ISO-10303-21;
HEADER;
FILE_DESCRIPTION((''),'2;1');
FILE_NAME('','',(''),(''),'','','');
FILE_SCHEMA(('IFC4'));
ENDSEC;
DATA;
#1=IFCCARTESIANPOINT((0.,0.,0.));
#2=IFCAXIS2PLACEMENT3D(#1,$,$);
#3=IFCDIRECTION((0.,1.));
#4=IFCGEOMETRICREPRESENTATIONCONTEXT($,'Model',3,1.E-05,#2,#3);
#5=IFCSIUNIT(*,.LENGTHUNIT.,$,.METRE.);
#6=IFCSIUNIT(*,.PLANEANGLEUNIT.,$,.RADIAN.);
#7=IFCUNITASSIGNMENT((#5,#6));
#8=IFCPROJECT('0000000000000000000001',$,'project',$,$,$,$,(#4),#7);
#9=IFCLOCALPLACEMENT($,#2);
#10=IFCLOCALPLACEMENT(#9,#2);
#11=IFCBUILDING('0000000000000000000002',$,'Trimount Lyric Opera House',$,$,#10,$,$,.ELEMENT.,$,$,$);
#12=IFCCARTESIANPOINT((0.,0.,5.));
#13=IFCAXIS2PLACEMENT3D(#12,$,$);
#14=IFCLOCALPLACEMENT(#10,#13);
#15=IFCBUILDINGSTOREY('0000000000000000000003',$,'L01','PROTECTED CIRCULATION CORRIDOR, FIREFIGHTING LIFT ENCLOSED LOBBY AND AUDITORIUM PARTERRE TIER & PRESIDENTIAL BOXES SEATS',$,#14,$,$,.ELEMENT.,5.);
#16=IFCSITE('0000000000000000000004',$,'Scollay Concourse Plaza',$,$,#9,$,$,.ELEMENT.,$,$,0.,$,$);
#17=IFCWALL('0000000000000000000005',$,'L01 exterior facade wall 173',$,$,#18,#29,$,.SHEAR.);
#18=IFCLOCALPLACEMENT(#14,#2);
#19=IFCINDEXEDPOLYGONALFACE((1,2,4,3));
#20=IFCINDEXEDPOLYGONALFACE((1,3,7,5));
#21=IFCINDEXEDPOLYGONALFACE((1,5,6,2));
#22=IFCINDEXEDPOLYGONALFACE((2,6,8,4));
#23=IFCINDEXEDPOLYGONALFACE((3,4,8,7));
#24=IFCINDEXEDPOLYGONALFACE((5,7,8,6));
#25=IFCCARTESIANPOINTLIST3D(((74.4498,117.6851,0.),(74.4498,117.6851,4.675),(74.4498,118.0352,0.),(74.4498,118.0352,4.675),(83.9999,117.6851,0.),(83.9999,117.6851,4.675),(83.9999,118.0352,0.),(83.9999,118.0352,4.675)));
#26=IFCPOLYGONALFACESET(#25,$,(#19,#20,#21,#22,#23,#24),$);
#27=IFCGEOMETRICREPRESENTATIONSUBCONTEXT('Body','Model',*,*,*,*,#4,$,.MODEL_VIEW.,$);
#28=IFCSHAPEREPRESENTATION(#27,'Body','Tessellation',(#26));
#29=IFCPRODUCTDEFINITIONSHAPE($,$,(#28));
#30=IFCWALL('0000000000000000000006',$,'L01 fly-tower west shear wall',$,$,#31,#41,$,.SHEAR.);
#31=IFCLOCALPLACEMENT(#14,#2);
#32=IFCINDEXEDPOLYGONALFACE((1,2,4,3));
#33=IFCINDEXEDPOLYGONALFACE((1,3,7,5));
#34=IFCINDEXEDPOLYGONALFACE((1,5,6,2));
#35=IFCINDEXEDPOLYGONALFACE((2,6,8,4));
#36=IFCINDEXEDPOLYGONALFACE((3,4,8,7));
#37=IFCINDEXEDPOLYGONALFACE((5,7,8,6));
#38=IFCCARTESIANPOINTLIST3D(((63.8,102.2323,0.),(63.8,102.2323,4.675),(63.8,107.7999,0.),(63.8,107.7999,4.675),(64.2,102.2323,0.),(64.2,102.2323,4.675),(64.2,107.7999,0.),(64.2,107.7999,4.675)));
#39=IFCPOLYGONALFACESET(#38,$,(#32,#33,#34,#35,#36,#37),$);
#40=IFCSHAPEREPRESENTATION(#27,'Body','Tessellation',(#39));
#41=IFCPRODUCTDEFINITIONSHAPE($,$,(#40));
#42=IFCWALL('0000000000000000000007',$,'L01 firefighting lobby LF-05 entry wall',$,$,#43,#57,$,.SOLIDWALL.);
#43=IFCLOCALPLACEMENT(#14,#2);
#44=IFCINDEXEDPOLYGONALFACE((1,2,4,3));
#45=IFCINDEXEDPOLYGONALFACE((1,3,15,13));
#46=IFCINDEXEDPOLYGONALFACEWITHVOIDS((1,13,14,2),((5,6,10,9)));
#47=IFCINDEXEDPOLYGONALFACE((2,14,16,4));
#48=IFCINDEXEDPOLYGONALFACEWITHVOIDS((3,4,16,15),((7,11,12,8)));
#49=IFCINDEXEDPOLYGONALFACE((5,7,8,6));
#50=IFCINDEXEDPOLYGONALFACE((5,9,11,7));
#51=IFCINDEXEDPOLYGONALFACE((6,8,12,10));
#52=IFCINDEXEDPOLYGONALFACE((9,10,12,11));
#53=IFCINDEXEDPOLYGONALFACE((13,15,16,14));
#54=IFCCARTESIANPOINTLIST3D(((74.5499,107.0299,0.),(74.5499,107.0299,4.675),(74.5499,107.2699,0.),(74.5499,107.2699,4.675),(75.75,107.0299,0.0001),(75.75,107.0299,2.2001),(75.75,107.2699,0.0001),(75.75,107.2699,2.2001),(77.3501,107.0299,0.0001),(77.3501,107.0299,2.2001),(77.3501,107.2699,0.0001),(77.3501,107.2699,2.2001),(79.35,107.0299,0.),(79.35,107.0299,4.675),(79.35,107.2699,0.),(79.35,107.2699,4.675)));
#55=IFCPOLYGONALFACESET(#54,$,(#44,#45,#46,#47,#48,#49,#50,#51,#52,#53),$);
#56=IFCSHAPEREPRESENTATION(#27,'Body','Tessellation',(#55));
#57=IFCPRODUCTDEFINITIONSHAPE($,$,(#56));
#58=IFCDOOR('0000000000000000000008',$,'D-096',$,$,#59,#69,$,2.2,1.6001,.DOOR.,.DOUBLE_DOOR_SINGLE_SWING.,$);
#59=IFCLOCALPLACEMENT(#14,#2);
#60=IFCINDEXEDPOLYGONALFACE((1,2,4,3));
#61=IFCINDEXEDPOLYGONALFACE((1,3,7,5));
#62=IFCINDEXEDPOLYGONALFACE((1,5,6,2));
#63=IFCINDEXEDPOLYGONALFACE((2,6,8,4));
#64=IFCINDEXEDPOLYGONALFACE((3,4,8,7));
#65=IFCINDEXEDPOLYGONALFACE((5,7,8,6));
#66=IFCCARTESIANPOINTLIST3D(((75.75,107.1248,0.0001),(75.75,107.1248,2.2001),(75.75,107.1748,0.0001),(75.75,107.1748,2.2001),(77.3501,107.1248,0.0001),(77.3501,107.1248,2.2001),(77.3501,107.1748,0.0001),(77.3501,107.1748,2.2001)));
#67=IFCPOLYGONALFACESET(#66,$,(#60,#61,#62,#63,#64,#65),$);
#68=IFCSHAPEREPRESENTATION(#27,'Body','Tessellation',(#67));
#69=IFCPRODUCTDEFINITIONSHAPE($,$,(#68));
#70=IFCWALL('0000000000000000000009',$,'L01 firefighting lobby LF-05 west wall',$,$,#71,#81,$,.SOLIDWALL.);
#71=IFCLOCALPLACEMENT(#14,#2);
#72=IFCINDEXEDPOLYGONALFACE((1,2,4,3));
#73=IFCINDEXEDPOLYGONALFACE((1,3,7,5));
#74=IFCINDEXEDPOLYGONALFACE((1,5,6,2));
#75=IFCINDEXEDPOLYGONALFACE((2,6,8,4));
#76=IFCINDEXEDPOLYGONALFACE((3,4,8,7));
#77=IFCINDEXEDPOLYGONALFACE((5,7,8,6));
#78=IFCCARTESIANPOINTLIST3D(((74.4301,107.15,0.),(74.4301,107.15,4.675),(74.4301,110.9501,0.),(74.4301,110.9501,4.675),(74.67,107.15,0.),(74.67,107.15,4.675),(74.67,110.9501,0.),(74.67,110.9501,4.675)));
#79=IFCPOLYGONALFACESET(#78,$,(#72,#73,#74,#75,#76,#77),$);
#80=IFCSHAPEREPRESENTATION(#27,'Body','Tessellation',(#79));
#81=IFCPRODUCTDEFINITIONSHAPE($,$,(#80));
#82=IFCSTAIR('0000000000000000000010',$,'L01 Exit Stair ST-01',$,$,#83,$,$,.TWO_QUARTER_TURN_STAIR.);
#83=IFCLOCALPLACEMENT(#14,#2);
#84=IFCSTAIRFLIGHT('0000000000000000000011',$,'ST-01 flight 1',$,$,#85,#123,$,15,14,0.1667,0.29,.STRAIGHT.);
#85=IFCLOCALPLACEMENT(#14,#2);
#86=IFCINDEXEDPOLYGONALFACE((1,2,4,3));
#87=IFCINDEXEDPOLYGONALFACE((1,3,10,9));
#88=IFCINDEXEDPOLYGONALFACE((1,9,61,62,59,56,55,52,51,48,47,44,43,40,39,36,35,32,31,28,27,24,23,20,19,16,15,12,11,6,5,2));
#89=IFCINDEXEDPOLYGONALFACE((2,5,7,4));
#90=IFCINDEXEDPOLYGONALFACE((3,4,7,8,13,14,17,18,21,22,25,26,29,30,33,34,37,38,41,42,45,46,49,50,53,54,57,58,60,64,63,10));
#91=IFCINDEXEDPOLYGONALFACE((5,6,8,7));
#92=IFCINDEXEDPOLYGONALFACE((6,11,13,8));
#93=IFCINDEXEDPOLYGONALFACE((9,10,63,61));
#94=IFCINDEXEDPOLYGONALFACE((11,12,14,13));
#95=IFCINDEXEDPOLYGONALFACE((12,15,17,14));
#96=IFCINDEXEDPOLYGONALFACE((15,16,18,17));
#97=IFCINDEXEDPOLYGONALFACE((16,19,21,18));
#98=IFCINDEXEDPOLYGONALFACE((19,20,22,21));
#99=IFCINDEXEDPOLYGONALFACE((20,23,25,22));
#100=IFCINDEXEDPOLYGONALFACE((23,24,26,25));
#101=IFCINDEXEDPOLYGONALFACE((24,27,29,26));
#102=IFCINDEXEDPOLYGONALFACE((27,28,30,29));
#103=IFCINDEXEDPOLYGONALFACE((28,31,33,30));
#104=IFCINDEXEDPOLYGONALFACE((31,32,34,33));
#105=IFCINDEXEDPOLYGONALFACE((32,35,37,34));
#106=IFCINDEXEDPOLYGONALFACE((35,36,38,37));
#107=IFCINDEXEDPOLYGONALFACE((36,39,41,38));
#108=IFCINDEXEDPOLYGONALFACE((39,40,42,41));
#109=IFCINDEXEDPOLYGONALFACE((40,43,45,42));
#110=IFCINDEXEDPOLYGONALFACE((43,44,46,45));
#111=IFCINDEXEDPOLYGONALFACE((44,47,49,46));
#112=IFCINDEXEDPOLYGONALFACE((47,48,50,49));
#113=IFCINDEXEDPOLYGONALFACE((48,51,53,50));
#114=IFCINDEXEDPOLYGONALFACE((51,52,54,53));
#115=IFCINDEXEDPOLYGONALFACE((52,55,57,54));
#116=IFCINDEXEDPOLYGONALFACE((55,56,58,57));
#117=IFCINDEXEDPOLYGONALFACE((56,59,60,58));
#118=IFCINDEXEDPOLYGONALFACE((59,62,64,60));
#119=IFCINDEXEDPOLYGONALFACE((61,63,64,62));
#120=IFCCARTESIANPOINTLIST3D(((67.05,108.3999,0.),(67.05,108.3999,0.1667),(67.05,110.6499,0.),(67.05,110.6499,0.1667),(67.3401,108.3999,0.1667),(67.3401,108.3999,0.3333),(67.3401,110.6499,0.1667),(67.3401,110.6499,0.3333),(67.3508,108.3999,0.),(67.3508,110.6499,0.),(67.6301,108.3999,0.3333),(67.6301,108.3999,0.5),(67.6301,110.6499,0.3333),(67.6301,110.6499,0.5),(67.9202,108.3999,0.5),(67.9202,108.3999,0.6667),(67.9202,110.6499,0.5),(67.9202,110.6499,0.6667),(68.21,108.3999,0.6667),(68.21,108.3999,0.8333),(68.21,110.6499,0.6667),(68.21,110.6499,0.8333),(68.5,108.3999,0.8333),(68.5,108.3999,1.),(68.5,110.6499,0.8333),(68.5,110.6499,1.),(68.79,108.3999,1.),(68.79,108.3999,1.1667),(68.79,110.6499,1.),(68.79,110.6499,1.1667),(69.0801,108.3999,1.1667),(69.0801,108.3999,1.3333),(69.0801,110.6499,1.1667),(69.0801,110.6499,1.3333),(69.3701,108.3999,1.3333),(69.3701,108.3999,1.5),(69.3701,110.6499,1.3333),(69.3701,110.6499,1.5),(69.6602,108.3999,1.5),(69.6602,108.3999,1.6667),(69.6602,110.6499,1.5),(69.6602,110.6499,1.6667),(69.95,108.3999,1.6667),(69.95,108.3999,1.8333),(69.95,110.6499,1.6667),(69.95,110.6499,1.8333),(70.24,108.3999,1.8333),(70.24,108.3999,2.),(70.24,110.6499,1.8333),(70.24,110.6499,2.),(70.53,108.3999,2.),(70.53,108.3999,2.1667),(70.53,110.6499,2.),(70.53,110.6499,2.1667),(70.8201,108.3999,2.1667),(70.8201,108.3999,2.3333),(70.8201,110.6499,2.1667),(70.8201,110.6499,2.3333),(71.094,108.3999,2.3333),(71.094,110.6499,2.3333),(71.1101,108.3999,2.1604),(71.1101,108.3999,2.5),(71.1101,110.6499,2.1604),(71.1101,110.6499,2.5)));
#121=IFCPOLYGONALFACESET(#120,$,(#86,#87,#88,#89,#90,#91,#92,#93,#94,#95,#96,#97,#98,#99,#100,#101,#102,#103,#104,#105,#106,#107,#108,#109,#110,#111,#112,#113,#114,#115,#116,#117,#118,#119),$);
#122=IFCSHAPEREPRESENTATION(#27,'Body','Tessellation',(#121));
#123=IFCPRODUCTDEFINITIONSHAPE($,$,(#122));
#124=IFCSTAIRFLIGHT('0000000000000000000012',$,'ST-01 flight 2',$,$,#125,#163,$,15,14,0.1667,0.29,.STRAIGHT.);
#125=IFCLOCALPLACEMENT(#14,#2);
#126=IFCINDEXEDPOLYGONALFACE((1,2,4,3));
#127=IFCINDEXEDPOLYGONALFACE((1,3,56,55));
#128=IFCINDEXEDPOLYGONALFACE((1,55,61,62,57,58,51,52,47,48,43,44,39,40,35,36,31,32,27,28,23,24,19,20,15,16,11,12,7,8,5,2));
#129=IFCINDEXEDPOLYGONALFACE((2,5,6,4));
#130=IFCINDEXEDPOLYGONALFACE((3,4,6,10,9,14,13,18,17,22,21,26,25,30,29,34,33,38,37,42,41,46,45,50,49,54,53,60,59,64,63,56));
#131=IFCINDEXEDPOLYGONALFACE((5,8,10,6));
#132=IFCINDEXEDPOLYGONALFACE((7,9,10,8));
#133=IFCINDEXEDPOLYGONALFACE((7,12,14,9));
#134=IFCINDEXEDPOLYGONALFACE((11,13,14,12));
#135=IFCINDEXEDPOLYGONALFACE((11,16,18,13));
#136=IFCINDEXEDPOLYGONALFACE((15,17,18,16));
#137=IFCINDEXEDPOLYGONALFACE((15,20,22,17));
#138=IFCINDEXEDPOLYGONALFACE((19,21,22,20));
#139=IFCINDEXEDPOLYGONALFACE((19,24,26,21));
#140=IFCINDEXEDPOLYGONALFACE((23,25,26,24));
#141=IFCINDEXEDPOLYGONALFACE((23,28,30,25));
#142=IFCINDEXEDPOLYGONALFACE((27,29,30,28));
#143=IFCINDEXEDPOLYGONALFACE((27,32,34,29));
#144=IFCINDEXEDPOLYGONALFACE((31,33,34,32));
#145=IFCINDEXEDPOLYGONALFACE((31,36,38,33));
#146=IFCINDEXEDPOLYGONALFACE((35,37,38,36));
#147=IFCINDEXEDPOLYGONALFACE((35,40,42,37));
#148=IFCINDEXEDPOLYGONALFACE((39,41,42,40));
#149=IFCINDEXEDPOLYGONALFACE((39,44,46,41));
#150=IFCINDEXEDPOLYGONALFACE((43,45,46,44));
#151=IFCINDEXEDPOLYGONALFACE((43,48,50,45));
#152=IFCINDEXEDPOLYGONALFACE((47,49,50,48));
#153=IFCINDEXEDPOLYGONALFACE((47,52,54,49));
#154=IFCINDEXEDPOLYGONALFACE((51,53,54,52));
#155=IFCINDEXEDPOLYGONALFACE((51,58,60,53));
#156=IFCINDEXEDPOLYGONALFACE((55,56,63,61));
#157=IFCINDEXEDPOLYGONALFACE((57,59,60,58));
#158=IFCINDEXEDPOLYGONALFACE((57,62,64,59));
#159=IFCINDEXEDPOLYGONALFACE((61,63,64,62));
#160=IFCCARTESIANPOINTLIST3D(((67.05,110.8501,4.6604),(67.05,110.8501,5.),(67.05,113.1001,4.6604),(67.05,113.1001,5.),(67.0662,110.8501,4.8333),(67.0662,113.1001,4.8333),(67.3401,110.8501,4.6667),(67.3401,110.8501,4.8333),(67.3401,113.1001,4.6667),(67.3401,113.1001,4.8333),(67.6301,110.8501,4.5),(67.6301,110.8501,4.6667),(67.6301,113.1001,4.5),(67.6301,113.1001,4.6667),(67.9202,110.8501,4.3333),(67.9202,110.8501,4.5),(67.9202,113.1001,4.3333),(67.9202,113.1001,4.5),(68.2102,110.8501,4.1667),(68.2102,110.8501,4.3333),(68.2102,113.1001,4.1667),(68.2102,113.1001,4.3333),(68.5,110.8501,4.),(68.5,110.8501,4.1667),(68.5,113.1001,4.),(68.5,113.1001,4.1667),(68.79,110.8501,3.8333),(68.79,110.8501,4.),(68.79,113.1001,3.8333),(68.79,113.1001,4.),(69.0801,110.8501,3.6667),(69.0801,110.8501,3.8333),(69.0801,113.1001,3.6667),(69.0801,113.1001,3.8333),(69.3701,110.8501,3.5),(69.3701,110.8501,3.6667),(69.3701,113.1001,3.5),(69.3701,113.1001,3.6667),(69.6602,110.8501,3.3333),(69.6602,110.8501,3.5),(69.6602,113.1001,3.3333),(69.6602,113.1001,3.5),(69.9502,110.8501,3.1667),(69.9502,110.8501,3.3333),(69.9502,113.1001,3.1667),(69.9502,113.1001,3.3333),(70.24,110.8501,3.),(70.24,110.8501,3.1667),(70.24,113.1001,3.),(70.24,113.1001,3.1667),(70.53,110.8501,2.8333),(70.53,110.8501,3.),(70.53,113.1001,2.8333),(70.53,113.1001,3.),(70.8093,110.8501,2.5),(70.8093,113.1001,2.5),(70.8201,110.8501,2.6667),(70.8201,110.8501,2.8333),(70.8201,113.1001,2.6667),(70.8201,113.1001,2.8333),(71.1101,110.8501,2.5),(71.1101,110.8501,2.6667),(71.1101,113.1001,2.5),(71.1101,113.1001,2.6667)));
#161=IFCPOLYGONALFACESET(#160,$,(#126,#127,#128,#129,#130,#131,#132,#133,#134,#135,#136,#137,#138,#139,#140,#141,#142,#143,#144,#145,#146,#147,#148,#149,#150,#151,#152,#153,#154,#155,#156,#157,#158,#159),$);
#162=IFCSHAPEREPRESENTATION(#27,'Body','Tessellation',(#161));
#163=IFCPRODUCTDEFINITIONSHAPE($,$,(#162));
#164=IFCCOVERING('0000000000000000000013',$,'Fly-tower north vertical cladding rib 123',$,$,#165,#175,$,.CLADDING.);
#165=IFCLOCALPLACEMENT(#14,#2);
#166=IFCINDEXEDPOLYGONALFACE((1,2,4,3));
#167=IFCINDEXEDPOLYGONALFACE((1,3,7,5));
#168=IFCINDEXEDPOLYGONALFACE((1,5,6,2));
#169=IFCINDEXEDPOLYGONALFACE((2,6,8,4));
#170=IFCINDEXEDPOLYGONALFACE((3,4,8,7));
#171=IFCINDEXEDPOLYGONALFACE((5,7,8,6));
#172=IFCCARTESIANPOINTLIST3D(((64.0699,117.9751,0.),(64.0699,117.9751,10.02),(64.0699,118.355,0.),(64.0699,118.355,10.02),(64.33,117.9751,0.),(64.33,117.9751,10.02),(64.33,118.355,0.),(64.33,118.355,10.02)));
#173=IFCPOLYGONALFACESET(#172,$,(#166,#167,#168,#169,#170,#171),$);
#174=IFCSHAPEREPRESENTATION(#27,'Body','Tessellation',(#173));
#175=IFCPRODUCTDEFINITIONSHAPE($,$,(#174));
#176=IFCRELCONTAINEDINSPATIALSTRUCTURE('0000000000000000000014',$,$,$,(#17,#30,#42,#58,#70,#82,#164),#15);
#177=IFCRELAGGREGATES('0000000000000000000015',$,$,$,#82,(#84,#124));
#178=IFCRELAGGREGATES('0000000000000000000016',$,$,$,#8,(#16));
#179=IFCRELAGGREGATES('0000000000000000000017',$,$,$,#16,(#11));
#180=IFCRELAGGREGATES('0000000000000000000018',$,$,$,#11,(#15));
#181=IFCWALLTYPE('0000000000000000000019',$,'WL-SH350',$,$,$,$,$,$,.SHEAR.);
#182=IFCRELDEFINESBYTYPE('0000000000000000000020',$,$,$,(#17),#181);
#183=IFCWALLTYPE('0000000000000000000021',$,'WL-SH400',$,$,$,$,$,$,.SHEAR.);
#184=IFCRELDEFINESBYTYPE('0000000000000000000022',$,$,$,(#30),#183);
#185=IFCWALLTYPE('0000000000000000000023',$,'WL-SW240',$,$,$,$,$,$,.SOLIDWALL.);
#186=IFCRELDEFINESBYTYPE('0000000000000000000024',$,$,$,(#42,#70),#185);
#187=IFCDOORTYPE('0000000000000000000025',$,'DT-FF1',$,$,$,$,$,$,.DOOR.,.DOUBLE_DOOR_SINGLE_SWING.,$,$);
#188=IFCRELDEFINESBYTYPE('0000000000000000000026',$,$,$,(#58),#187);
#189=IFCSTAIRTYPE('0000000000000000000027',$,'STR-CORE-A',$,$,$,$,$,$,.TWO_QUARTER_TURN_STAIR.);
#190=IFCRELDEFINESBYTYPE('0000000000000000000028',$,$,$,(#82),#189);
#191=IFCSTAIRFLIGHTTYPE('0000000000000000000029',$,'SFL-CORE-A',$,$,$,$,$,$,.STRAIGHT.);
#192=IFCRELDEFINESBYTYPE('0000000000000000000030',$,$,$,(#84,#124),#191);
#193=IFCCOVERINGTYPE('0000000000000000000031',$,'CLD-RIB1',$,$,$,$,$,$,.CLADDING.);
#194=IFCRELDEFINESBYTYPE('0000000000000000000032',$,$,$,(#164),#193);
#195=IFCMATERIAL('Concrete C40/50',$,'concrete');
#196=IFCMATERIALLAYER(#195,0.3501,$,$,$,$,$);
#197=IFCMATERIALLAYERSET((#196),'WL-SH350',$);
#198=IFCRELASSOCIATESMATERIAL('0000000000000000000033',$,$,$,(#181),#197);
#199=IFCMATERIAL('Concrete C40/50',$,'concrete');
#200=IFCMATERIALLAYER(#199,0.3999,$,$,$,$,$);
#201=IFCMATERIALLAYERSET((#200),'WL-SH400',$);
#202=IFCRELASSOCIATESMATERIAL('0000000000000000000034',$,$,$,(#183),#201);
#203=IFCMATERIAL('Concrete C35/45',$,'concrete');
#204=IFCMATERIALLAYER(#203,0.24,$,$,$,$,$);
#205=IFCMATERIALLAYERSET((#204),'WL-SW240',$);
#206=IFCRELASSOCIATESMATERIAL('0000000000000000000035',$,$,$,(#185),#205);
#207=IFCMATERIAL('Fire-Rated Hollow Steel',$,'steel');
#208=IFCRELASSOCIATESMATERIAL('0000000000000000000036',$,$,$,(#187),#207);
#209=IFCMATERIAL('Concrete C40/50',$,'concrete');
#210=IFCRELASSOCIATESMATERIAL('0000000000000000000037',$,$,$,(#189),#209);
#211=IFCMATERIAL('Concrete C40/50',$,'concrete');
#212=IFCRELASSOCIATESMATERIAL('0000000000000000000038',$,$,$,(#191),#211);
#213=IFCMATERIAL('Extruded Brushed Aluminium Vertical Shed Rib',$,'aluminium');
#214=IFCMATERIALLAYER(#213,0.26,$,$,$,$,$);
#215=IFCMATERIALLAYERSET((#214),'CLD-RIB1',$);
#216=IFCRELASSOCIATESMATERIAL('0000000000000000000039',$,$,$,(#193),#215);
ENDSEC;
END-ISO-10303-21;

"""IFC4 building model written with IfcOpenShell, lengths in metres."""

from ifc_helpers import new_model, si_unit, direction, frame, frame_2d, origin, origin_2d, place, context, subcontext, project, spatial, polyline, rectangle, outline, extrude, material, layer, layer_set, type_object, element, fill, aggregate, save


model = new_model("IFC4")

# Units and contexts
model_context = context("Model", 3, precision=1e-05, world=origin(), true_north=direction((0.0, 1.0)))
body_context = subcontext(model_context, "Body", "Model", "MODEL_VIEW")
ifc_project = project(units=[si_unit("LENGTHUNIT", "METRE"), si_unit("PLANEANGLEUNIT", "RADIAN")], contexts=[model_context])

# Site, building, storey
site_placement = place(None, origin())
site = spatial("IfcSite", under=ifc_project, at=site_placement, Name="Scollay Concourse Plaza", CompositionType="ELEMENT", RefElevation=0.0)
building_placement = place(site_placement, origin())
building = spatial("IfcBuilding", under=site, at=building_placement, Name="Trimount Lyric Opera House", CompositionType="ELEMENT")
storey_placement = place(building_placement, frame((0.0, 0.0, 5.0)))
storey = spatial("IfcBuildingStorey", under=building, at=storey_placement, Name="L01", Description="PROTECTED CIRCULATION CORRIDOR, FIREFIGHTING LIFT ENCLOSED LOBBY AND AUDITORIUM PARTERRE TIER & PRESIDENTIAL BOXES SEATS", CompositionType="ELEMENT", Elevation=5.0)

# Walls
ifc_material_1 = material(Name="Concrete C40/50", Category="concrete")
ifc_layer_1 = layer(ifc_material_1, 0.3501)
ifc_layer_set_1 = layer_set([ifc_layer_1], Name="WL-SH350")
wall_type_1 = type_object("IfcWallType", Name="WL-SH350", PredefinedType="SHEAR", material=ifc_layer_set_1)
wall_1_placement = place(storey_placement, frame((74.45, 117.8601, 0.0), z_axis=(0.0, 0.0, 1.0), x_axis=(1.0, 0.0, 0.0)))
element("IfcWall", 1, at=wall_1_placement, inside=storey, type_object=wall_type_1, Name="L01 exterior facade wall 173", PredefinedType="SHEAR", context=body_context, shape_type="SweptSolid", body=[
    extrude(rectangle(XDim=9.55, YDim=0.3501, at=frame_2d((4.7749, 0.0))), origin(), (0.0, 0.0, 1.0), 4.675),
])
ifc_material_2 = material(Name="Concrete C40/50", Category="concrete")
ifc_layer_2 = layer(ifc_material_2, 0.3999)
ifc_layer_set_2 = layer_set([ifc_layer_2], Name="WL-SH400")
wall_type_2 = type_object("IfcWallType", Name="WL-SH400", PredefinedType="SHEAR", material=ifc_layer_set_2)
wall_2_placement = place(storey_placement, frame((64.0, 102.2324, 0.0), z_axis=(0.0, 0.0, 1.0), x_axis=(0.0, 1.0, 0.0)))
element("IfcWall", 2, at=wall_2_placement, inside=storey, type_object=wall_type_2, Name="L01 fly-tower west shear wall", PredefinedType="SHEAR", context=body_context, shape_type="SweptSolid", body=[
    extrude(rectangle(XDim=5.5676, YDim=0.3999, at=frame_2d((2.7837, 0.0))), origin(), (0.0, 0.0, 1.0), 4.675),
])

# Wall, opening, door
ifc_material_3 = material(Name="Concrete C35/45", Category="concrete")
ifc_layer_3 = layer(ifc_material_3, 0.24)
ifc_layer_set_3 = layer_set([ifc_layer_3], Name="WL-SW240")
wall_type_3 = type_object("IfcWallType", Name="WL-SW240", PredefinedType="SOLIDWALL", material=ifc_layer_set_3)
wall_3_placement = place(storey_placement, frame((74.55, 107.1499, 0.0), z_axis=(0.0, 0.0, 1.0), x_axis=(1.0, 0.0, 0.0)))
wall_3 = element("IfcWall", 3, at=wall_3_placement, inside=storey, type_object=wall_type_3, Name="L01 firefighting lobby LF-05 entry wall", PredefinedType="SOLIDWALL", context=body_context, shape_type="SweptSolid", body=[
    extrude(rectangle(XDim=4.8, YDim=0.24, at=frame_2d((2.3999, 0.0))), origin(), (0.0, 0.0, 1.0), 4.675),
])
opening_1_placement = place(wall_3_placement, frame((1.2, 0.0, 0.0)))
opening_1 = element("IfcOpeningElement", 4, at=opening_1_placement, cuts=wall_3, PredefinedType="OPENING", context=body_context, shape_type="SweptSolid", body=[
    extrude(rectangle(XDim=1.6001, YDim=2.2, at=frame_2d((0.8, 1.1001))), frame((0.0, 0.1299, 0.0), z_axis=(0.0, -1.0, 0.0), x_axis=(1.0, 0.0, 0.0)), (0.0, 0.0, 1.0), 0.26),
])
ifc_material_4 = material(Name="Fire-Rated Hollow Steel", Category="steel")
door_type_1 = type_object("IfcDoorType", Name="DT-FF1", OperationType="DOUBLE_DOOR_SINGLE_SWING", PredefinedType="DOOR", material=ifc_material_4)
door_1_placement = place(opening_1_placement, origin())
door_1 = element("IfcDoor", 5, at=door_1_placement, inside=storey, type_object=door_type_1, Name="D-096", OperationType="DOUBLE_DOOR_SINGLE_SWING", OverallHeight=2.2, OverallWidth=1.6001, PredefinedType="DOOR", context=body_context, shape_type="SweptSolid", body=[
    extrude(rectangle(XDim=1.6001, YDim=2.2, at=frame_2d((0.8, 1.1001))), frame((0.0, 0.0249, 0.0), z_axis=(0.0, -1.0, 0.0), x_axis=(1.0, 0.0, 0.0)), (0.0, 0.0, 1.0), 0.05),
])
fill(opening_1, door_1)

# Wall
wall_4_placement = place(storey_placement, frame((74.55, 110.95, 0.0), z_axis=(0.0, 0.0, 1.0), x_axis=(0.0, -1.0, 0.0)))
element("IfcWall", 6, at=wall_4_placement, inside=storey, type_object=wall_type_3, Name="L01 firefighting lobby LF-05 west wall", PredefinedType="SOLIDWALL", context=body_context, shape_type="SweptSolid", body=[
    extrude(rectangle(XDim=3.8, YDim=0.24, at=frame_2d((1.8999, 0.0))), origin(), (0.0, 0.0, 1.0), 4.675),
])

# Stair, stair flights
ifc_material_5 = material(Name="Concrete C40/50", Category="concrete")
stair_type = type_object("IfcStairType", Name="STR-CORE-A", PredefinedType="TWO_QUARTER_TURN_STAIR", material=ifc_material_5)
stair_placement = place(storey_placement, origin())
stair = element("IfcStair", 7, at=stair_placement, inside=storey, type_object=stair_type, Name="L01 Exit Stair ST-01", PredefinedType="TWO_QUARTER_TURN_STAIR")
ifc_material_6 = material(Name="Concrete C40/50", Category="concrete")
stair_flight_type = type_object("IfcStairFlightType", Name="SFL-CORE-A", PredefinedType="STRAIGHT", material=ifc_material_6)
stair_flight_1_placement = place(storey_placement, frame((67.05, 109.5249, 0.0), z_axis=(0.0, 0.0, 1.0), x_axis=(1.0, 0.0, 0.0)))
stair_flight_1 = element("IfcStairFlight", 8, at=stair_flight_1_placement, type_object=stair_flight_type, Name="ST-01 flight 1", NumberOfRisers=15, NumberOfTreads=14, PredefinedType="STRAIGHT", RiserHeight=0.1667, TreadLength=0.29, context=body_context, shape_type="SweptSolid", body=[
    extrude(outline(polyline([(0.0, 0.0), (0.0, 0.1667), (0.29, 0.1667), (0.29, 0.3333), (0.5801, 0.3333), (0.5801, 0.5), (0.8701, 0.5), (0.8701, 0.6667), (1.1599, 0.6667), (1.1599, 0.8333), (1.45, 0.8333), (1.45, 1.0), (1.74, 1.0), (1.74, 1.1667), (2.03, 1.1667), (2.03, 1.3333), (2.3201, 1.3333), (2.3201, 1.5), (2.6101, 1.5), (2.6101, 1.6667), (2.8999, 1.6667), (2.8999, 1.8333), (3.1899, 1.8333), (3.1899, 2.0), (3.48, 2.0), (3.48, 2.1667), (3.77, 2.1667), (3.77, 2.3333), (4.0439, 2.3333), (4.0601, 2.5), (4.0601, 2.1604), (0.3008, 0.0), (0.0, 0.0)])), frame((0.0, 1.125, 0.0), z_axis=(0.0, -1.0, 0.0), x_axis=(1.0, 0.0, 0.0)), (0.0, 0.0, 1.0), 2.25),
])
stair_flight_2_placement = place(storey_placement, frame((71.1101, 111.9751, 2.5), z_axis=(0.0, 0.0, 1.0), x_axis=(-1.0, 0.0, 0.0)))
stair_flight_2 = element("IfcStairFlight", 9, at=stair_flight_2_placement, type_object=stair_flight_type, Name="ST-01 flight 2", NumberOfRisers=15, NumberOfTreads=14, PredefinedType="STRAIGHT", RiserHeight=0.1667, TreadLength=0.29, context=body_context, shape_type="SweptSolid", body=[
    extrude(outline(polyline([(0.0, 0.0), (0.0, 0.1667), (0.29, 0.1667), (0.29, 0.3333), (0.5801, 0.3333), (0.5801, 0.5), (0.8701, 0.5), (0.8701, 0.6667), (1.1599, 0.6667), (1.1599, 0.8333), (1.45, 0.8333), (1.45, 1.0), (1.74, 1.0), (1.74, 1.1667), (2.03, 1.1667), (2.03, 1.3333), (2.3201, 1.3333), (2.3201, 1.5), (2.6101, 1.5), (2.6101, 1.6667), (2.8999, 1.6667), (2.8999, 1.8333), (3.1899, 1.8333), (3.1899, 2.0), (3.48, 2.0), (3.48, 2.1667), (3.77, 2.1667), (3.77, 2.3333), (4.0439, 2.3333), (4.0601, 2.5), (4.0601, 2.1604), (0.3008, 0.0), (0.0, 0.0)])), frame((0.0, 1.125, 0.0), z_axis=(0.0, -1.0, 0.0), x_axis=(1.0, 0.0, 0.0)), (0.0, 0.0, 1.0), 2.25),
])
aggregate(stair, [stair_flight_1, stair_flight_2])

# Covering
ifc_material_7 = material(Name="Extruded Brushed Aluminium Vertical Shed Rib", Category="aluminium")
ifc_layer_4 = layer(ifc_material_7, 0.26)
ifc_layer_set_4 = layer_set([ifc_layer_4], Name="CLD-RIB1")
covering_type = type_object("IfcCoveringType", Name="CLD-RIB1", PredefinedType="CLADDING", material=ifc_layer_set_4)
for number, where, z_axis, x_axis, name in (
    (10, (64.2, 118.165, 0.0), (0.0, 0.0, 1.0), (1.0, 0.0, 0.0), "Fly-tower north vertical cladding rib 123"),
):
    element("IfcCovering", number, at=place(storey_placement, frame(where, z_axis=z_axis, x_axis=x_axis)), inside=storey, type_object=covering_type, Name=name, PredefinedType="CLADDING", context=body_context, shape_type="SweptSolid", body=[
        extrude(rectangle(XDim=0.26, YDim=0.3799, at=origin_2d()), origin(), (0.0, 0.0, 1.0), 10.02),
    ])

save(model, "model.ifc")
